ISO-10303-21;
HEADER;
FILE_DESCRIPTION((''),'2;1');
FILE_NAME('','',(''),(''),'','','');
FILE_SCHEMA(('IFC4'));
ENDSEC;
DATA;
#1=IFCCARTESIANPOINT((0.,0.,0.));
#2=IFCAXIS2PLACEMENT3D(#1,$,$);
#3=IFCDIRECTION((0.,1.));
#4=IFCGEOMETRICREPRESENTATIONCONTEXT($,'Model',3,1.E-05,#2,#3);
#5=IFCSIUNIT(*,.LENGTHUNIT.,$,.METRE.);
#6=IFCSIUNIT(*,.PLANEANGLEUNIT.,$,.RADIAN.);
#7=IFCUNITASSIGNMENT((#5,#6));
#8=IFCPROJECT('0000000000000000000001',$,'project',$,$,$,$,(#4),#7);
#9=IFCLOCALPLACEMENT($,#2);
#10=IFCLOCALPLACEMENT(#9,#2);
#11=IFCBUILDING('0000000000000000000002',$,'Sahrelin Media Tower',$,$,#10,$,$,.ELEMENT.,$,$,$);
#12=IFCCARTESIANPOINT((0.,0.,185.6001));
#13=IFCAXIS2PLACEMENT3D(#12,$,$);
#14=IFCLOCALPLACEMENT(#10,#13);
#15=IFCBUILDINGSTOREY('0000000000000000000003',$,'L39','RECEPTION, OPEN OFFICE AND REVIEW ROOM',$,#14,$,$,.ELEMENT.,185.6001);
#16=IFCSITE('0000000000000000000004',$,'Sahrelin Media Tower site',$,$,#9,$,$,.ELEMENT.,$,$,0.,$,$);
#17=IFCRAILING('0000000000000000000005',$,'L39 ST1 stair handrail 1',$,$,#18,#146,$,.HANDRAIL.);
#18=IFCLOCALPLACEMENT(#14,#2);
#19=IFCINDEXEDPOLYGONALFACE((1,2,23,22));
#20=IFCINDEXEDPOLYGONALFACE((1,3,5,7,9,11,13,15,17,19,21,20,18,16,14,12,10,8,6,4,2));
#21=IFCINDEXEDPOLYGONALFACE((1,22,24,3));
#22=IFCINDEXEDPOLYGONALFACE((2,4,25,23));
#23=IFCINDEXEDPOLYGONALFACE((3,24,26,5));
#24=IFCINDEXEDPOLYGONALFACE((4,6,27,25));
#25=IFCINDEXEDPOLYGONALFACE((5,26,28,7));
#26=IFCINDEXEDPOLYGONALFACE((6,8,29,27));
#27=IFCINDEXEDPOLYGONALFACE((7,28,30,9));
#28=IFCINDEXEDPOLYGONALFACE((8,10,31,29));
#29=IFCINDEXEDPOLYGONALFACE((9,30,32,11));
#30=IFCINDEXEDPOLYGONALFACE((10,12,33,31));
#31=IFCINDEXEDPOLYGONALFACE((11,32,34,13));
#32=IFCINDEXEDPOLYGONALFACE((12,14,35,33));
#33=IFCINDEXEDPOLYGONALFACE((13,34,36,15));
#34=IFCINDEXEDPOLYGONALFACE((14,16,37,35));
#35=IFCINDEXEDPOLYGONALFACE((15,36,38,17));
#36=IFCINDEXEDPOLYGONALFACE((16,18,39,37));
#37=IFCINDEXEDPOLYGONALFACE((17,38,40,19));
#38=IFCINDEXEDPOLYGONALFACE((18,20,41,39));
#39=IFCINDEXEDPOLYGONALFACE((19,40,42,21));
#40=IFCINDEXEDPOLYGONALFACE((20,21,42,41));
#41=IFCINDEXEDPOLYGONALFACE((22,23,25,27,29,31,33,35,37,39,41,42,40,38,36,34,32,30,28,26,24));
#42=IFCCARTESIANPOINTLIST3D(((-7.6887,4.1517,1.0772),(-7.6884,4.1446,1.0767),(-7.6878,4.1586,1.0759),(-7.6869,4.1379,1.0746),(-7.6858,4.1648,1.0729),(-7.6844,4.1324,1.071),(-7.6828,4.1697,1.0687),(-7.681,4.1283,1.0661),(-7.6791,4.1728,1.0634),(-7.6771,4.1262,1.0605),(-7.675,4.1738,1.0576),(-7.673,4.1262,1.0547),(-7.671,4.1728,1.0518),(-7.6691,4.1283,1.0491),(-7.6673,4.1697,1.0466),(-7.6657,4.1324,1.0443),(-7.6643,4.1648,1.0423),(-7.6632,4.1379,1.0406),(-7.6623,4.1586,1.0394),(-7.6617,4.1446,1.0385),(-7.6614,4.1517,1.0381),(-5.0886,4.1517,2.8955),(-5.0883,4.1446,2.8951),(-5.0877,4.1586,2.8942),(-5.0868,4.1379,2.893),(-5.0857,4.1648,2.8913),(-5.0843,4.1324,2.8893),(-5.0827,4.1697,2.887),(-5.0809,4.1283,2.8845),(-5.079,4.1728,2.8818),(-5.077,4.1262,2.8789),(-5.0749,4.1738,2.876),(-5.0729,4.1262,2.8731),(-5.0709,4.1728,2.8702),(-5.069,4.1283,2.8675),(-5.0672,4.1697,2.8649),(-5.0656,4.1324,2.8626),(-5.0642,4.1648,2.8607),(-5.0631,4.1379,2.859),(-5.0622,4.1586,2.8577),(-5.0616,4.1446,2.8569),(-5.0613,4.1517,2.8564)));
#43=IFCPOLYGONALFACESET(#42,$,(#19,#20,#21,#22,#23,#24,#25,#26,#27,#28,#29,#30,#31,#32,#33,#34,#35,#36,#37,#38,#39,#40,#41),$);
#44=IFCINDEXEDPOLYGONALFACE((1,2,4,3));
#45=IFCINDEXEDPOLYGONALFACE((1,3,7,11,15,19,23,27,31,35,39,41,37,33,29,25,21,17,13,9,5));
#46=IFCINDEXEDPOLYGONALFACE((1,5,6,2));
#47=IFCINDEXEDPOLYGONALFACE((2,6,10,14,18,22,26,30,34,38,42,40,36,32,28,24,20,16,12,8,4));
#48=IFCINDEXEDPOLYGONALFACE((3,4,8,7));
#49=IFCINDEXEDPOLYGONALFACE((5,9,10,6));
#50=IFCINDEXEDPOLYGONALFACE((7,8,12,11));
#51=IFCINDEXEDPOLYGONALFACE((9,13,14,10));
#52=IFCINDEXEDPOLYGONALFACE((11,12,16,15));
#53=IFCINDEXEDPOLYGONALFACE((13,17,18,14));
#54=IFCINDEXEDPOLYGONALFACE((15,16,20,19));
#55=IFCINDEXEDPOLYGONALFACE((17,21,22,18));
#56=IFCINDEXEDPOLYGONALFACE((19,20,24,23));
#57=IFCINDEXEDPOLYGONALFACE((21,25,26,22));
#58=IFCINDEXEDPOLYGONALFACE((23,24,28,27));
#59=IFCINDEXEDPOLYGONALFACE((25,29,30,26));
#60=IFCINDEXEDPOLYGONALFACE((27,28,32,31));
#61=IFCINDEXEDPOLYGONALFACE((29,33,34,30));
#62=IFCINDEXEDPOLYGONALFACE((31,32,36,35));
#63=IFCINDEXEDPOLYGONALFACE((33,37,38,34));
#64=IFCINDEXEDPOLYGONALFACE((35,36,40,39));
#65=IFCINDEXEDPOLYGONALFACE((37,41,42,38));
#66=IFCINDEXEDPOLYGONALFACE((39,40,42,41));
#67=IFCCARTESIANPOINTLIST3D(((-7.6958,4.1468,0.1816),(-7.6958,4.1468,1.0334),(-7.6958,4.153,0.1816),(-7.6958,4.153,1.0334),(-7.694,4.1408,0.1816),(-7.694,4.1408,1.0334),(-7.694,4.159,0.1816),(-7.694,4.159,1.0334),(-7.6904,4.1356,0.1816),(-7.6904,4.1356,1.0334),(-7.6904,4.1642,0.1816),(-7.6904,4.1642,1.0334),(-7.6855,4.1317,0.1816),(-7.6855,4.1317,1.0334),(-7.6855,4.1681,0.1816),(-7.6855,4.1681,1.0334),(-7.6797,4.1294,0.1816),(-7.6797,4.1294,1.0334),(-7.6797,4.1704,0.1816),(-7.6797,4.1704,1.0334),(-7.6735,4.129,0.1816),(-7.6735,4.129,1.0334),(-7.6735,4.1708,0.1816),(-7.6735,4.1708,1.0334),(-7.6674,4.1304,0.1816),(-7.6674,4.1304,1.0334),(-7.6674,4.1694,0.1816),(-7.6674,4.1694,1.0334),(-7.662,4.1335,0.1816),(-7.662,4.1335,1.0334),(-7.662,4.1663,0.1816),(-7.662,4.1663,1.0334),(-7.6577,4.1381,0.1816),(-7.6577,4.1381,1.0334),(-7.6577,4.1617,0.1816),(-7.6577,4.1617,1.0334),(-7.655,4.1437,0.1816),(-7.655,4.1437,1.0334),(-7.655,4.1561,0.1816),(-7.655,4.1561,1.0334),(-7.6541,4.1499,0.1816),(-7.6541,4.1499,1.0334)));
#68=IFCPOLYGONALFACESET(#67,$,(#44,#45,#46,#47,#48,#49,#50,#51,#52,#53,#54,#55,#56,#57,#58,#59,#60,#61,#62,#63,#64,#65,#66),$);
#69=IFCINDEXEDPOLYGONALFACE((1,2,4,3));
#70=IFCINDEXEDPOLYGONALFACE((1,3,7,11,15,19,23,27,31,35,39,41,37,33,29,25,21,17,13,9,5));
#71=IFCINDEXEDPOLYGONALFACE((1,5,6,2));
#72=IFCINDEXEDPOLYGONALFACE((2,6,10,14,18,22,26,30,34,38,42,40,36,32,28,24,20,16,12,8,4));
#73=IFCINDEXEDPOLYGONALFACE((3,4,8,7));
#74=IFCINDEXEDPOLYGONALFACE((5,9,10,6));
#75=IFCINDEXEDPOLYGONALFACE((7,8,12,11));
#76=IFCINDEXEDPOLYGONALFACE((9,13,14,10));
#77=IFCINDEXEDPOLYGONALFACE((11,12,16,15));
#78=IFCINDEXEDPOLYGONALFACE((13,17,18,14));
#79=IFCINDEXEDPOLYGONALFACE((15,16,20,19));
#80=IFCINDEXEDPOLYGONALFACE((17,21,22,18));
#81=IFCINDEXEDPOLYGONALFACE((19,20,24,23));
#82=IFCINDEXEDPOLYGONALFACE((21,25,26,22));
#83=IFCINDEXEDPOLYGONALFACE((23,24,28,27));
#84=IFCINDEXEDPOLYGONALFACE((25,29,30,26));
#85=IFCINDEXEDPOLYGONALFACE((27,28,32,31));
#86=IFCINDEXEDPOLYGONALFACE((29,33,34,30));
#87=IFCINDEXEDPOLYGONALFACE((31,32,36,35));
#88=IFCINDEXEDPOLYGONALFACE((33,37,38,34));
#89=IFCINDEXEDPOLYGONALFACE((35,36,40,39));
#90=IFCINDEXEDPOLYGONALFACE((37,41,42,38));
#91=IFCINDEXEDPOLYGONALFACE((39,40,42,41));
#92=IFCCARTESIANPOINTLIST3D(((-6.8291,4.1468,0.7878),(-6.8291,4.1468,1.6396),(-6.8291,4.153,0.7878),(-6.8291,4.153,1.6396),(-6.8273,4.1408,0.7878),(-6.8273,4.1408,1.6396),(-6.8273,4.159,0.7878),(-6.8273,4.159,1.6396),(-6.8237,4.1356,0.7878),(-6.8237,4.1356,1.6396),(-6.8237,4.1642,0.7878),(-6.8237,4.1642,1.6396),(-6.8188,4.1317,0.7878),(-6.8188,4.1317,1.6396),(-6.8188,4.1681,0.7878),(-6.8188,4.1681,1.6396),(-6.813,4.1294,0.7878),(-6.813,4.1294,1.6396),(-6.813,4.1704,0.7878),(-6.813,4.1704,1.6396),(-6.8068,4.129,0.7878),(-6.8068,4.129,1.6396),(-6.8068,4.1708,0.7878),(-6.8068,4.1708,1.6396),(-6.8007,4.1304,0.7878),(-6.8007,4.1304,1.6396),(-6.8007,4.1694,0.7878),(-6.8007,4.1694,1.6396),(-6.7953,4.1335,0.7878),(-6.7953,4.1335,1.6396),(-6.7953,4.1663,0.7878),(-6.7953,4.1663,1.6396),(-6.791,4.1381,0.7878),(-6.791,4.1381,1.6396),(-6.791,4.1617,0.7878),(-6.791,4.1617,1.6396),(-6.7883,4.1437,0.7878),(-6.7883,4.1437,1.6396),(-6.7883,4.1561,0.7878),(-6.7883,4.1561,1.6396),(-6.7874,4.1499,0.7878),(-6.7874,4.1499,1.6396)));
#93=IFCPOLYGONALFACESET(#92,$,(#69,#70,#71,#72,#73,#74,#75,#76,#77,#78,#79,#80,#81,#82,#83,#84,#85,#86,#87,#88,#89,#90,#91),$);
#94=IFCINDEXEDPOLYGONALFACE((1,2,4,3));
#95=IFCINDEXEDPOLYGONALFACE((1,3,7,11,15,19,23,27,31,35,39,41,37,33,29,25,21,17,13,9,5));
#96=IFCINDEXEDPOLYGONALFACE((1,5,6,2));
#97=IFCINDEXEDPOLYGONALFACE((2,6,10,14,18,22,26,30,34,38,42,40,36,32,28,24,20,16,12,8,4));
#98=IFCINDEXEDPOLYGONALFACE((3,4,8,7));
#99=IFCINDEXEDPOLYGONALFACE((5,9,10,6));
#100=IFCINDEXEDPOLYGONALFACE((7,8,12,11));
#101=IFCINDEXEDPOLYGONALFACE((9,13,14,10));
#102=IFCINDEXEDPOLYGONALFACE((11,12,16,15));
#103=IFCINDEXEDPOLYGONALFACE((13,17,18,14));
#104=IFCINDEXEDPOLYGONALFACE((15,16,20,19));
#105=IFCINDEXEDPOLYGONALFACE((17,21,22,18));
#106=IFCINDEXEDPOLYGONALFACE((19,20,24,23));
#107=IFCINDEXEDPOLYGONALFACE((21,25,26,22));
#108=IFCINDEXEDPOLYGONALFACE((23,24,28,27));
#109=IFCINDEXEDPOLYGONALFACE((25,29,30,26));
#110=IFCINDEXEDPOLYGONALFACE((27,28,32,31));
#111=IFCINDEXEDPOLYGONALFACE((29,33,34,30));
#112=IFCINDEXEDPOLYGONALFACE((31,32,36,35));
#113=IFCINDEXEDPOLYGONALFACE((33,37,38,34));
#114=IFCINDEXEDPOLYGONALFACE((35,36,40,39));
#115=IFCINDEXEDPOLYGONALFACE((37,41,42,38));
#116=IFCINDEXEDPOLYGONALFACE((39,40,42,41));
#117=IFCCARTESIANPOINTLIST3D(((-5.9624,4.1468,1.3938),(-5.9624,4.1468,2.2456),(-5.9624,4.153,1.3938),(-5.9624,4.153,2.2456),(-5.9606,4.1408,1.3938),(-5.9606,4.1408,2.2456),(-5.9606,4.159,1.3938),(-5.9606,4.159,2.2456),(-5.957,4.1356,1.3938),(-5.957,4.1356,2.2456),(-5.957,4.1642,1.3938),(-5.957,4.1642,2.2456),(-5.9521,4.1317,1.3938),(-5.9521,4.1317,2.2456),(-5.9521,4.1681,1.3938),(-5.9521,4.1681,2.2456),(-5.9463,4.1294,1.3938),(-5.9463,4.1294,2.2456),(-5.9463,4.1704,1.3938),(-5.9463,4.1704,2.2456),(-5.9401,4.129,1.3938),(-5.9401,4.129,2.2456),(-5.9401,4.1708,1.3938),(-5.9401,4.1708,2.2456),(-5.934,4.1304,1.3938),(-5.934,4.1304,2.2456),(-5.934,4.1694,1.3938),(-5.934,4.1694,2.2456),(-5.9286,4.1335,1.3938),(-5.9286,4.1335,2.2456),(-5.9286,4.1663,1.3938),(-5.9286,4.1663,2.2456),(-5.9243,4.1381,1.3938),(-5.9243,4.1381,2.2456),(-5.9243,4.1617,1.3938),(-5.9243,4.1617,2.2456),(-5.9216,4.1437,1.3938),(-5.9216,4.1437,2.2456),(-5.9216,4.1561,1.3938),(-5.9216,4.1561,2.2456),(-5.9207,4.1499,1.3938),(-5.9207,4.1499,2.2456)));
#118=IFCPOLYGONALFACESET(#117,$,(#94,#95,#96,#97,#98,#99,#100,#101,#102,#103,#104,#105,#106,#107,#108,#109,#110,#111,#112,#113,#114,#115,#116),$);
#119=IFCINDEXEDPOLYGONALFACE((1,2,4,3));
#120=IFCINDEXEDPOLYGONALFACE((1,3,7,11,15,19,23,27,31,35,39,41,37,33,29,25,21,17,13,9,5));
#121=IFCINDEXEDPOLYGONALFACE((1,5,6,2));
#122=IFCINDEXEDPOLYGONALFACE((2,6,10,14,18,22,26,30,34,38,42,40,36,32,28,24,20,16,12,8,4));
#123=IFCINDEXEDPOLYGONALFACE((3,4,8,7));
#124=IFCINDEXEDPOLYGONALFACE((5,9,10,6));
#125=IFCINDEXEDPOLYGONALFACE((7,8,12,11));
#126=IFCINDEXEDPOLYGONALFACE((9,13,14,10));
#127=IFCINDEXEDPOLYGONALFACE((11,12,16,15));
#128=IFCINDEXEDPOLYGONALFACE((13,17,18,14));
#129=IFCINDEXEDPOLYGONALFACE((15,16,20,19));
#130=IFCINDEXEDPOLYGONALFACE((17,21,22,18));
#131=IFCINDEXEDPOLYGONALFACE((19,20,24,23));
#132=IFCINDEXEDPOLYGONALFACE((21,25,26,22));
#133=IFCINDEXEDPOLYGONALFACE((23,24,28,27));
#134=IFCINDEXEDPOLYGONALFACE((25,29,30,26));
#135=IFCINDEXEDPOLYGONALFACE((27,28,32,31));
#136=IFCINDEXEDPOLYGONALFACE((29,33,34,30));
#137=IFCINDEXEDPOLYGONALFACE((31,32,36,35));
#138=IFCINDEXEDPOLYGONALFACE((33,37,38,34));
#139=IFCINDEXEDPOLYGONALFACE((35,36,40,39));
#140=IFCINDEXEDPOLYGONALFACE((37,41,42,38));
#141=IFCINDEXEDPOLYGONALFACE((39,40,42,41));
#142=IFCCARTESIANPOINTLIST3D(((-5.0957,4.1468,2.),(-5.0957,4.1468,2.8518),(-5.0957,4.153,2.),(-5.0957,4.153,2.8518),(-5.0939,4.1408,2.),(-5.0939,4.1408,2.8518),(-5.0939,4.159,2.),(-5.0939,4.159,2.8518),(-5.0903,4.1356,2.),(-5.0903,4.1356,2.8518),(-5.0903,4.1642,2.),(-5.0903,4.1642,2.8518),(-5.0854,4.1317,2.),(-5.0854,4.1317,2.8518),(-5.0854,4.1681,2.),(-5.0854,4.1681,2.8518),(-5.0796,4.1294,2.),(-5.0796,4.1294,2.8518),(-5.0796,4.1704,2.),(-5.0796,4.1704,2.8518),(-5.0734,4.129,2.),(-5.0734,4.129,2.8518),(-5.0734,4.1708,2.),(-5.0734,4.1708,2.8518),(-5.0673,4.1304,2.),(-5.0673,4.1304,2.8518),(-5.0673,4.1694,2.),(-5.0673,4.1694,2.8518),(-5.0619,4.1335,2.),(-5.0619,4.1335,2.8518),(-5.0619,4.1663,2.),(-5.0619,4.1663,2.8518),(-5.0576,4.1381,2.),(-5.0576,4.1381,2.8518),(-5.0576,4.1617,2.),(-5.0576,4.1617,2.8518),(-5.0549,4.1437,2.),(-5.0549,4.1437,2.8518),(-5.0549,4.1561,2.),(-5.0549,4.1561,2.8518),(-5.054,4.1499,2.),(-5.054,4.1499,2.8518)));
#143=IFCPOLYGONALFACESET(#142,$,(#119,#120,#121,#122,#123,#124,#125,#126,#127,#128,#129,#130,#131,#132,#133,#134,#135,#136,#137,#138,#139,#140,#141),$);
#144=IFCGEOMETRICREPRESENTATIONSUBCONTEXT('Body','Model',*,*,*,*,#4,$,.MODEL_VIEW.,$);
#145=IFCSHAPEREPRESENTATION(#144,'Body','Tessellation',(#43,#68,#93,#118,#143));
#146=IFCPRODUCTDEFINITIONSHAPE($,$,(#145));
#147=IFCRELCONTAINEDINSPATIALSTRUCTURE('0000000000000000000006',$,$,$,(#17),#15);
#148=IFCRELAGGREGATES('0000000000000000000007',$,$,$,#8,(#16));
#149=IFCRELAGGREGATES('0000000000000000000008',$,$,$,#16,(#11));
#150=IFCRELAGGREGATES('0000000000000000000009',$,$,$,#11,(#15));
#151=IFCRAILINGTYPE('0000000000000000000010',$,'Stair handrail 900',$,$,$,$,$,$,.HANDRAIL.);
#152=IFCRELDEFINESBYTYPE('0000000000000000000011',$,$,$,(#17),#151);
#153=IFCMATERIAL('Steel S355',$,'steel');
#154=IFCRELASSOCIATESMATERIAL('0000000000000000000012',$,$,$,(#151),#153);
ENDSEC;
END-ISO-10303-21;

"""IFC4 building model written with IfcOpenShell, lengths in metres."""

from ifc_helpers import new_model, si_unit, direction, frame, origin, origin_2d, place, context, subcontext, project, spatial, circle, extrude, material, type_object, element, save


model = new_model("IFC4")

# Units and contexts
model_context = context("Model", 3, precision=1e-05, world=origin(), true_north=direction((0.0, 1.0)))
body_context = subcontext(model_context, "Body", "Model", "MODEL_VIEW")
ifc_project = project(units=[si_unit("LENGTHUNIT", "METRE"), si_unit("PLANEANGLEUNIT", "RADIAN")], contexts=[model_context])

# Site, building, storey
site_placement = place(None, origin())
site = spatial("IfcSite", under=ifc_project, at=site_placement, Name="Sahrelin Media Tower site", CompositionType="ELEMENT", RefElevation=0.0)
building_placement = place(site_placement, origin())
building = spatial("IfcBuilding", under=site, at=building_placement, Name="Sahrelin Media Tower", CompositionType="ELEMENT")
storey_placement = place(building_placement, frame((0.0, 0.0, 185.6001)))
storey = spatial("IfcBuildingStorey", under=building, at=storey_placement, Name="L39", Description="RECEPTION, OPEN OFFICE AND REVIEW ROOM", CompositionType="ELEMENT", Elevation=185.6001)

# Shared definitions
ifc_material_1 = material(Name="Steel S355", Category="steel")

# Railing
railing_type_1 = type_object("IfcRailingType", Name="Stair handrail 900", PredefinedType="HANDRAIL", material=ifc_material_1)
railing_1_placement = place(storey_placement, frame((-7.675, 4.1499, 0.1816)))
element("IfcRailing", 1, at=railing_1_placement, inside=storey, type_object=railing_type_1, Name="L39 ST1 stair handrail 1", PredefinedType="HANDRAIL", context=body_context, shape_type="SweptSolid", body=[
    extrude(circle(Radius=0.0239, at=origin_2d()), frame((0.0, 0.0, 0.876), z_axis=(0.819485, 0.0, 0.573101), x_axis=(0.0, 1.0, 0.0)), (0.0, 0.0, 1.0), 3.1729),
    extrude(circle(Radius=0.021, at=origin_2d()), origin(), (0.0, 0.0, 1.0), 0.8518),
    extrude(circle(Radius=0.021, at=origin_2d()), frame((0.8667, 0.0, 0.6062)), (0.0, 0.0, 1.0), 0.8518),
    extrude(circle(Radius=0.021, at=origin_2d()), frame((1.7334, 0.0, 1.2122)), (0.0, 0.0, 1.0), 0.8518),
    extrude(circle(Radius=0.021, at=origin_2d()), frame((2.6001, 0.0, 1.8184)), (0.0, 0.0, 1.0), 0.8518),
])

save(model, "model.ifc")
